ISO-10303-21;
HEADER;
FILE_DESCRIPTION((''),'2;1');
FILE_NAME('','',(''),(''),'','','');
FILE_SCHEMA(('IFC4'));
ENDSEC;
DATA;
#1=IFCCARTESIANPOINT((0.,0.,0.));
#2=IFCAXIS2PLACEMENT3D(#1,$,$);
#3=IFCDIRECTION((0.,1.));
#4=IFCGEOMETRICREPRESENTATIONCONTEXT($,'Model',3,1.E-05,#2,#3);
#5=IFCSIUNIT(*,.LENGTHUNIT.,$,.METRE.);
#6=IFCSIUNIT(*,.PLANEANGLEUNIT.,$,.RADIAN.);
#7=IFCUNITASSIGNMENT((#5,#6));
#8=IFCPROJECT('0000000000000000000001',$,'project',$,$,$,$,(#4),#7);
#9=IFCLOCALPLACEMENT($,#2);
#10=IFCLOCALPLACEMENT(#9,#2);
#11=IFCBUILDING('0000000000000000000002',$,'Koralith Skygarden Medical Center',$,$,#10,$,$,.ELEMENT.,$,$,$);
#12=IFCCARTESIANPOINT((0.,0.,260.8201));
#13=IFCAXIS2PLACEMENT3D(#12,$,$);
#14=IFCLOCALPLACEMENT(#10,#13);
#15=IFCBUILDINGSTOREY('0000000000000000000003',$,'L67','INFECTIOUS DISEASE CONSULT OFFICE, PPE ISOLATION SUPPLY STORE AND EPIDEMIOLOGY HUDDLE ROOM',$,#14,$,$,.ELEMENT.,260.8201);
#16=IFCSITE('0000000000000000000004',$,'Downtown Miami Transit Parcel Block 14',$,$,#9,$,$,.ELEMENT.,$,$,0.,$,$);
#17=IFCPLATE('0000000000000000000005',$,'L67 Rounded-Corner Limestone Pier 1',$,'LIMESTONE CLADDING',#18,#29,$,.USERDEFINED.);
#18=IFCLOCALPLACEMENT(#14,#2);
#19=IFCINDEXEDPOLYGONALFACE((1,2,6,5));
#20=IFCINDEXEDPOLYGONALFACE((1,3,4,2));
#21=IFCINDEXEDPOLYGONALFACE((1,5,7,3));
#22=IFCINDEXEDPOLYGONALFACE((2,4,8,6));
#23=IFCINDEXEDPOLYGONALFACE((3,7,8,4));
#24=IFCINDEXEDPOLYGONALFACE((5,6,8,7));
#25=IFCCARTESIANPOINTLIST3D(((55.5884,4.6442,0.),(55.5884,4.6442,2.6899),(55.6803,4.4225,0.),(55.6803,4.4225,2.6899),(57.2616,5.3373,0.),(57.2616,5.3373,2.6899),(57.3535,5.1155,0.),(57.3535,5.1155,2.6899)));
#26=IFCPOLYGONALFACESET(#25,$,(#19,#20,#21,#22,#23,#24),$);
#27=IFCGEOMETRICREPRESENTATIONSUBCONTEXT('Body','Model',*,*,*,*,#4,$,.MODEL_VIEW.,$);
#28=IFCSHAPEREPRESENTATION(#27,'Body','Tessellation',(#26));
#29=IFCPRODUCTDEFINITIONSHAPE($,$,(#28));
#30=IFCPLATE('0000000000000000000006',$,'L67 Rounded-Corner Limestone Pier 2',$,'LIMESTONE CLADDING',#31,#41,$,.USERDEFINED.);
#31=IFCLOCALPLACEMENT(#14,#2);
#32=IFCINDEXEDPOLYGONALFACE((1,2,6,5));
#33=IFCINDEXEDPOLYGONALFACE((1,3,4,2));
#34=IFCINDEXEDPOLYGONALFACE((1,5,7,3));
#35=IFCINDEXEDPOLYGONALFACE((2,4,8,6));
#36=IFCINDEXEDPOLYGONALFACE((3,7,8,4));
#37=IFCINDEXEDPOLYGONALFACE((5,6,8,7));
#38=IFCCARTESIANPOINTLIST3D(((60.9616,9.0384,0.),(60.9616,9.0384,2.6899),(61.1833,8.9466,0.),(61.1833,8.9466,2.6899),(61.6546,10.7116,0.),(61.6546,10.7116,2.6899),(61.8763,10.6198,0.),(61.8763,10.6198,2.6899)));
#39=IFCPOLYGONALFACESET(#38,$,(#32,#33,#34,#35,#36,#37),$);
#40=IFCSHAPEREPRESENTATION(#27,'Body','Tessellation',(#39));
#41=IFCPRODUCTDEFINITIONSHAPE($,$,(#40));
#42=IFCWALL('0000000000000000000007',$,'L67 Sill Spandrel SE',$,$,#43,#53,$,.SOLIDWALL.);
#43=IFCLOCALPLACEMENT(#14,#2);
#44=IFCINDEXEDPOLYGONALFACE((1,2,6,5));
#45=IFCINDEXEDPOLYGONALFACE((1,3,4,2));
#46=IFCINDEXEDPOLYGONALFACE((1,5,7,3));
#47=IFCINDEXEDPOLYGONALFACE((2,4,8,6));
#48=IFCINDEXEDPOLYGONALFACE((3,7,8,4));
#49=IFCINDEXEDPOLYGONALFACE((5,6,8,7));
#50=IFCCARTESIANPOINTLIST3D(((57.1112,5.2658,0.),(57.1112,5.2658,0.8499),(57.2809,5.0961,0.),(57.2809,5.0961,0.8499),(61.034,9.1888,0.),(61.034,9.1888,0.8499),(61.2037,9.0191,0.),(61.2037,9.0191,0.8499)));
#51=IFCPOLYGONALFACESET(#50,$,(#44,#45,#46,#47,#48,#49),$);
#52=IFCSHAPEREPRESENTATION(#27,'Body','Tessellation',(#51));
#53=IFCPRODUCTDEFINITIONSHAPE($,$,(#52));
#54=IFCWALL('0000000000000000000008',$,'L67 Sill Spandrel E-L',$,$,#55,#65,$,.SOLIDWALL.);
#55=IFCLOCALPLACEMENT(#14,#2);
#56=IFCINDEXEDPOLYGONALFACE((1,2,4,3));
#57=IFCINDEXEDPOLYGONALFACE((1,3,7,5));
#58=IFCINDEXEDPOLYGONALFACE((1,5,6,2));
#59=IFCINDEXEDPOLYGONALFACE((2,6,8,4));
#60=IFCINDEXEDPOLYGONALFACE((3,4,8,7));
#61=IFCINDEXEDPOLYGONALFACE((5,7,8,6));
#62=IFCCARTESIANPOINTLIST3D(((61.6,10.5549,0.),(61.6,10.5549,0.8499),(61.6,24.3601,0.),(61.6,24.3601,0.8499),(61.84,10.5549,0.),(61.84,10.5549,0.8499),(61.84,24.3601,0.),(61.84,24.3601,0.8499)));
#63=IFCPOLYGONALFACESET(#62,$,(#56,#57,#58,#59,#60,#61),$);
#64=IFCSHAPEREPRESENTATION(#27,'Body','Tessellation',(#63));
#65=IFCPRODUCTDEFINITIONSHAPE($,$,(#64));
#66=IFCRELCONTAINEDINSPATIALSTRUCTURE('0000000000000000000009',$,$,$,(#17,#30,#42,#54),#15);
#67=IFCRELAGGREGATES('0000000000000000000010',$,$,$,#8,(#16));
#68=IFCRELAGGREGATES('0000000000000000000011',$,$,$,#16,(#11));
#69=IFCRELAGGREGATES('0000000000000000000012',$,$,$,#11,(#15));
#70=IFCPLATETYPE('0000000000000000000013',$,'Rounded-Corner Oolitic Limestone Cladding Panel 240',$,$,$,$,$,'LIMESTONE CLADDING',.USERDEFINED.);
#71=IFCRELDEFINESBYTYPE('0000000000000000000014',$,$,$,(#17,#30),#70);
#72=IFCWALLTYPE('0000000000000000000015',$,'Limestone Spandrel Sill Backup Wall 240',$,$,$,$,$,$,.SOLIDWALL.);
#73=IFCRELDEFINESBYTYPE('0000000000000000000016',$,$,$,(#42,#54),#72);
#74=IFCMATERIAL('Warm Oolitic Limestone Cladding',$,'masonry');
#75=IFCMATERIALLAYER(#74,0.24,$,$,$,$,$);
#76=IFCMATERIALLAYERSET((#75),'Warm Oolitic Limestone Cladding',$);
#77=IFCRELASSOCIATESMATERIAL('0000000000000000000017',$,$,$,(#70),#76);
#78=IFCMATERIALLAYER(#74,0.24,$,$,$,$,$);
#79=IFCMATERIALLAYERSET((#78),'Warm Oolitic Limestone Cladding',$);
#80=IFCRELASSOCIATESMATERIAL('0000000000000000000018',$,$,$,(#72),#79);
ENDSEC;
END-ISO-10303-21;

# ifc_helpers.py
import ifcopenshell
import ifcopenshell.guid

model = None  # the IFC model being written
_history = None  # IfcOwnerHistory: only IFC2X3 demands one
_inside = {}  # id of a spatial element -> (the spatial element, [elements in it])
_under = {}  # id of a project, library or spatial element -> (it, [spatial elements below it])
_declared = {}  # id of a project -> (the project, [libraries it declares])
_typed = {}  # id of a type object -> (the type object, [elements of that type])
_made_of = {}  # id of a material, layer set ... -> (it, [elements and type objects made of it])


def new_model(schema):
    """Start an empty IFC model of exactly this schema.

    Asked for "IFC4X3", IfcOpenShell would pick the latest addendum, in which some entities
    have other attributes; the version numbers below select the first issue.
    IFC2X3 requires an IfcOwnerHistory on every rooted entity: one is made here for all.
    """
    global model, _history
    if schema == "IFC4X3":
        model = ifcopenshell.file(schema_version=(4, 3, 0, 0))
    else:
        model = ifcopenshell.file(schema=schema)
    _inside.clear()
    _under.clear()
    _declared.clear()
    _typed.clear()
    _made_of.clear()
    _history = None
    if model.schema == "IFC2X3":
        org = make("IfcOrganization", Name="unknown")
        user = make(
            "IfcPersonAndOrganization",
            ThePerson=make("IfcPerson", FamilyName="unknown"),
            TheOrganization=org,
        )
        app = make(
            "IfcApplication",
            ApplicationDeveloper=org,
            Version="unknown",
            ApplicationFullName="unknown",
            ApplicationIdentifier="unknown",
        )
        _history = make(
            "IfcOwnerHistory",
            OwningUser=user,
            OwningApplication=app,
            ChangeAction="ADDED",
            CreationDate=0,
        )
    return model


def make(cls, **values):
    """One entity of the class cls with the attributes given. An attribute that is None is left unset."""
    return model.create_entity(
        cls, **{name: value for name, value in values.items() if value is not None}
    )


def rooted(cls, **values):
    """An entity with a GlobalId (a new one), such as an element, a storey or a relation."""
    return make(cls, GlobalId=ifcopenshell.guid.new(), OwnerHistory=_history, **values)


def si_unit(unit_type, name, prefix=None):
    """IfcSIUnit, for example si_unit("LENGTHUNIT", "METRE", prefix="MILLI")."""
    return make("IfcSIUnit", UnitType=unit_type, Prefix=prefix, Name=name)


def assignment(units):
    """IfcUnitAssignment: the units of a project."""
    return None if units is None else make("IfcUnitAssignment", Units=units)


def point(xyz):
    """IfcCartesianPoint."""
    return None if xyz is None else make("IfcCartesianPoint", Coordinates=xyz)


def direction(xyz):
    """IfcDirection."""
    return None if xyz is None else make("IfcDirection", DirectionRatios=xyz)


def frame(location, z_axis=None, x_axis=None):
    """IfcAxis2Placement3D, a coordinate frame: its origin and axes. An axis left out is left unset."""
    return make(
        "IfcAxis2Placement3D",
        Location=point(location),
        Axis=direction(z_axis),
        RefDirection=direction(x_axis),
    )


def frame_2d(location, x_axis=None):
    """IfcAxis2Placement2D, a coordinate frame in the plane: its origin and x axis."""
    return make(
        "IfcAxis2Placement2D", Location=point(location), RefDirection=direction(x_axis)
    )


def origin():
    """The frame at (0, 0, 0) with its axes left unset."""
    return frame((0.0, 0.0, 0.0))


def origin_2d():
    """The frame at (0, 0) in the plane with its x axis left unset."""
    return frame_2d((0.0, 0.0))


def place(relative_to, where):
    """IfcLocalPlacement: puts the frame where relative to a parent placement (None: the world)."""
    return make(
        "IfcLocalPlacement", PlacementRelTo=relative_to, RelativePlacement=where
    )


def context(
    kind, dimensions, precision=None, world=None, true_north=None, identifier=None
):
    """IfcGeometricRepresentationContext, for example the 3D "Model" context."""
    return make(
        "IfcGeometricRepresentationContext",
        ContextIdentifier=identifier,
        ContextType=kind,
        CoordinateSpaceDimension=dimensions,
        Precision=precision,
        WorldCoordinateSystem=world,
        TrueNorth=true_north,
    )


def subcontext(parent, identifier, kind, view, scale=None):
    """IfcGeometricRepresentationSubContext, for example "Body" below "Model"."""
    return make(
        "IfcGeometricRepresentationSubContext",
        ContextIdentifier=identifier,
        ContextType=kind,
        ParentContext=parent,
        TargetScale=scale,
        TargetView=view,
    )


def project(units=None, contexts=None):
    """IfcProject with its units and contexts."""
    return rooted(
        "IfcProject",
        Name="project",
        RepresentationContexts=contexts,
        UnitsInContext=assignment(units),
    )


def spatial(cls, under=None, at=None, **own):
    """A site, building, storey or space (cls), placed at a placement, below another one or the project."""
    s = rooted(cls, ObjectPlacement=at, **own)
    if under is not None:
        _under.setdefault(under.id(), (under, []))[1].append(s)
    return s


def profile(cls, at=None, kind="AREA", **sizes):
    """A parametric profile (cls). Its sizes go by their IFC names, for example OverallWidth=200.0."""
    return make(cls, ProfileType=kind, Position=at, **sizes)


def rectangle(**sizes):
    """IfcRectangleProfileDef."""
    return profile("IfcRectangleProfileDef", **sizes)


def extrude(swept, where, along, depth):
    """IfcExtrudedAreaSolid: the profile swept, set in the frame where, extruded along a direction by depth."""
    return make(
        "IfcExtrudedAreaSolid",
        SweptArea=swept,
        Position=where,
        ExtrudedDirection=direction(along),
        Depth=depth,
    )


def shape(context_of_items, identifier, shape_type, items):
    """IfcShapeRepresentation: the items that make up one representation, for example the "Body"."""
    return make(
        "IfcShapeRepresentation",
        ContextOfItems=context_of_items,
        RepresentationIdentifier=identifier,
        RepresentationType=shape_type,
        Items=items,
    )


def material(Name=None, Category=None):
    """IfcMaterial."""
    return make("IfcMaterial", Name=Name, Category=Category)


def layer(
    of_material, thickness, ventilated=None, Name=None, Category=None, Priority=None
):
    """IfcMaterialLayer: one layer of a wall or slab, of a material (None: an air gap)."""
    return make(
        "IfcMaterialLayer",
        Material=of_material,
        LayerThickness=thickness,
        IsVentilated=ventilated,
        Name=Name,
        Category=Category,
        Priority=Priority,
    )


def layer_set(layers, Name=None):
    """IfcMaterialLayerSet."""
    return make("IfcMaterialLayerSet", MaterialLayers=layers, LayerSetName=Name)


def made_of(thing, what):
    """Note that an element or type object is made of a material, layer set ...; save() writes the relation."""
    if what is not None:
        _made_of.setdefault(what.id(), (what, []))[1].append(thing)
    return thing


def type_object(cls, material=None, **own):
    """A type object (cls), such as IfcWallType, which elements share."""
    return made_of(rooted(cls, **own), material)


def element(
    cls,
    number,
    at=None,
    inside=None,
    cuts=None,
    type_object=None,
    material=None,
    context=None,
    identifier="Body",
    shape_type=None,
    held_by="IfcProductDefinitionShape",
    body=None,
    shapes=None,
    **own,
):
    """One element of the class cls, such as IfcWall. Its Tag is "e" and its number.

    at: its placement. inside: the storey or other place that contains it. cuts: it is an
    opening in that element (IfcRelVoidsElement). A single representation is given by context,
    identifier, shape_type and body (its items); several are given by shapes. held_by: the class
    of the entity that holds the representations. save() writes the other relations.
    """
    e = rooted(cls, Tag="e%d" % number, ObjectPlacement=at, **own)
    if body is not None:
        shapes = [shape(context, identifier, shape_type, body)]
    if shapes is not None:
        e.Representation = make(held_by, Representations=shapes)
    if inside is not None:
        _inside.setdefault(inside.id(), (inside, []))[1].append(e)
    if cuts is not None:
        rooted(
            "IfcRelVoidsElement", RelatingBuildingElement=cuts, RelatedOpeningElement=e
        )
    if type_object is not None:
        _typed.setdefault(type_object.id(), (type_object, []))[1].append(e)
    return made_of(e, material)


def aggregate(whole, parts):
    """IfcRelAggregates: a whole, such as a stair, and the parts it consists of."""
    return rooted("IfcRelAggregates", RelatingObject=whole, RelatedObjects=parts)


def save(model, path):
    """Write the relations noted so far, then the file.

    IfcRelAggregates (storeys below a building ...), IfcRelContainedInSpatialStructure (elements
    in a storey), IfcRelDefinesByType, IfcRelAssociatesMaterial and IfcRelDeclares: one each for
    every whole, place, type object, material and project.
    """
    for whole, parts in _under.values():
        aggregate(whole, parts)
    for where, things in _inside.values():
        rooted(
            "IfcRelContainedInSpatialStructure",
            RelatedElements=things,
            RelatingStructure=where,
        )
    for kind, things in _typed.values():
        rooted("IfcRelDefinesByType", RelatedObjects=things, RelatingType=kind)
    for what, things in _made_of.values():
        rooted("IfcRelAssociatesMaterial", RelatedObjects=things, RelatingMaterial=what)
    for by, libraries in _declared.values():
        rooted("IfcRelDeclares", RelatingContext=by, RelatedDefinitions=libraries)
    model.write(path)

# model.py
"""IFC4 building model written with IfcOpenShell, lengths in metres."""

from ifc_helpers import new_model, si_unit, direction, frame, frame_2d, origin, origin_2d, place, context, subcontext, project, spatial, rectangle, extrude, material, layer, layer_set, type_object, element, save


model = new_model("IFC4")

# Units and contexts
model_context = context("Model", 3, precision=1e-05, world=origin(), true_north=direction((0.0, 1.0)))
body_context = subcontext(model_context, "Body", "Model", "MODEL_VIEW")
ifc_project = project(units=[si_unit("LENGTHUNIT", "METRE"), si_unit("PLANEANGLEUNIT", "RADIAN")], contexts=[model_context])

# Site, building, storey
site_placement = place(None, origin())
site = spatial("IfcSite", under=ifc_project, at=site_placement, Name="Downtown Miami Transit Parcel Block 14", CompositionType="ELEMENT", RefElevation=0.0)
building_placement = place(site_placement, origin())
building = spatial("IfcBuilding", under=site, at=building_placement, Name="Koralith Skygarden Medical Center", CompositionType="ELEMENT")
storey_placement = place(building_placement, frame((0.0, 0.0, 260.8201)))
storey = spatial("IfcBuildingStorey", under=building, at=storey_placement, Name="L67", Description="INFECTIOUS DISEASE CONSULT OFFICE, PPE ISOLATION SUPPLY STORE AND EPIDEMIOLOGY HUDDLE ROOM", CompositionType="ELEMENT", Elevation=260.8201)

# Plates
ifc_material_1 = material(Name="Warm Oolitic Limestone Cladding", Category="masonry")
ifc_layer_1 = layer(ifc_material_1, 0.24)
ifc_layer_set_1 = layer_set([ifc_layer_1], Name="Warm Oolitic Limestone Cladding")
plate_type_1 = type_object("IfcPlateType", Name="Rounded-Corner Oolitic Limestone Cladding Panel 240", ElementType="LIMESTONE CLADDING", PredefinedType="USERDEFINED", material=ifc_layer_set_1)
for number, where, z_axis, x_axis, name in (
    (1, (56.4709, 4.8799, 0.0), (0.0, 0.0, 1.0), (0.923885, 0.382671, 0.0), "L67 Rounded-Corner Limestone Pier 1"),
    (2, (61.4189, 9.8291, 0.0), (0.0, 0.0, 1.0), (0.382671, 0.923885, 0.0), "L67 Rounded-Corner Limestone Pier 2"),
):
    element("IfcPlate", number, at=place(storey_placement, frame(where, z_axis=z_axis, x_axis=x_axis)), inside=storey, type_object=plate_type_1, Name=name, ObjectType="LIMESTONE CLADDING", PredefinedType="USERDEFINED", context=body_context, shape_type="SweptSolid", body=[
        extrude(rectangle(XDim=1.811, YDim=0.24, at=origin_2d()), origin(), (0.0, 0.0, 1.0), 2.6899),
    ])

# Walls
ifc_layer_2 = layer(ifc_material_1, 0.24)
ifc_layer_set_2 = layer_set([ifc_layer_2], Name="Warm Oolitic Limestone Cladding")
wall_type = type_object("IfcWallType", Name="Limestone Spandrel Sill Backup Wall 240", PredefinedType="SOLIDWALL", material=ifc_layer_set_2)
wall_1_placement = place(storey_placement, frame((57.196, 5.1809, 0.0), z_axis=(0.0, 0.0, 1.0), x_axis=(0.707085, 0.707129, 0.0)))
element("IfcWall", 3, at=wall_1_placement, inside=storey, type_object=wall_type, Name="L67 Sill Spandrel SE", PredefinedType="SOLIDWALL", context=body_context, shape_type="SweptSolid", body=[
    extrude(rectangle(XDim=5.5479, YDim=0.24, at=frame_2d((2.7739, 0.0))), origin(), (0.0, 0.0, 1.0), 0.8499),
])
wall_2_placement = place(storey_placement, frame((61.72, 10.5549, 0.0), z_axis=(0.0, 0.0, 1.0), x_axis=(0.0, 1.0, 0.0)))
element("IfcWall", 4, at=wall_2_placement, inside=storey, type_object=wall_type, Name="L67 Sill Spandrel E-L", PredefinedType="SOLIDWALL", context=body_context, shape_type="SweptSolid", body=[
    extrude(rectangle(XDim=13.8052, YDim=0.24, at=frame_2d((6.9026, 0.0))), origin(), (0.0, 0.0, 1.0), 0.8499),
])

save(model, "model.ifc")
